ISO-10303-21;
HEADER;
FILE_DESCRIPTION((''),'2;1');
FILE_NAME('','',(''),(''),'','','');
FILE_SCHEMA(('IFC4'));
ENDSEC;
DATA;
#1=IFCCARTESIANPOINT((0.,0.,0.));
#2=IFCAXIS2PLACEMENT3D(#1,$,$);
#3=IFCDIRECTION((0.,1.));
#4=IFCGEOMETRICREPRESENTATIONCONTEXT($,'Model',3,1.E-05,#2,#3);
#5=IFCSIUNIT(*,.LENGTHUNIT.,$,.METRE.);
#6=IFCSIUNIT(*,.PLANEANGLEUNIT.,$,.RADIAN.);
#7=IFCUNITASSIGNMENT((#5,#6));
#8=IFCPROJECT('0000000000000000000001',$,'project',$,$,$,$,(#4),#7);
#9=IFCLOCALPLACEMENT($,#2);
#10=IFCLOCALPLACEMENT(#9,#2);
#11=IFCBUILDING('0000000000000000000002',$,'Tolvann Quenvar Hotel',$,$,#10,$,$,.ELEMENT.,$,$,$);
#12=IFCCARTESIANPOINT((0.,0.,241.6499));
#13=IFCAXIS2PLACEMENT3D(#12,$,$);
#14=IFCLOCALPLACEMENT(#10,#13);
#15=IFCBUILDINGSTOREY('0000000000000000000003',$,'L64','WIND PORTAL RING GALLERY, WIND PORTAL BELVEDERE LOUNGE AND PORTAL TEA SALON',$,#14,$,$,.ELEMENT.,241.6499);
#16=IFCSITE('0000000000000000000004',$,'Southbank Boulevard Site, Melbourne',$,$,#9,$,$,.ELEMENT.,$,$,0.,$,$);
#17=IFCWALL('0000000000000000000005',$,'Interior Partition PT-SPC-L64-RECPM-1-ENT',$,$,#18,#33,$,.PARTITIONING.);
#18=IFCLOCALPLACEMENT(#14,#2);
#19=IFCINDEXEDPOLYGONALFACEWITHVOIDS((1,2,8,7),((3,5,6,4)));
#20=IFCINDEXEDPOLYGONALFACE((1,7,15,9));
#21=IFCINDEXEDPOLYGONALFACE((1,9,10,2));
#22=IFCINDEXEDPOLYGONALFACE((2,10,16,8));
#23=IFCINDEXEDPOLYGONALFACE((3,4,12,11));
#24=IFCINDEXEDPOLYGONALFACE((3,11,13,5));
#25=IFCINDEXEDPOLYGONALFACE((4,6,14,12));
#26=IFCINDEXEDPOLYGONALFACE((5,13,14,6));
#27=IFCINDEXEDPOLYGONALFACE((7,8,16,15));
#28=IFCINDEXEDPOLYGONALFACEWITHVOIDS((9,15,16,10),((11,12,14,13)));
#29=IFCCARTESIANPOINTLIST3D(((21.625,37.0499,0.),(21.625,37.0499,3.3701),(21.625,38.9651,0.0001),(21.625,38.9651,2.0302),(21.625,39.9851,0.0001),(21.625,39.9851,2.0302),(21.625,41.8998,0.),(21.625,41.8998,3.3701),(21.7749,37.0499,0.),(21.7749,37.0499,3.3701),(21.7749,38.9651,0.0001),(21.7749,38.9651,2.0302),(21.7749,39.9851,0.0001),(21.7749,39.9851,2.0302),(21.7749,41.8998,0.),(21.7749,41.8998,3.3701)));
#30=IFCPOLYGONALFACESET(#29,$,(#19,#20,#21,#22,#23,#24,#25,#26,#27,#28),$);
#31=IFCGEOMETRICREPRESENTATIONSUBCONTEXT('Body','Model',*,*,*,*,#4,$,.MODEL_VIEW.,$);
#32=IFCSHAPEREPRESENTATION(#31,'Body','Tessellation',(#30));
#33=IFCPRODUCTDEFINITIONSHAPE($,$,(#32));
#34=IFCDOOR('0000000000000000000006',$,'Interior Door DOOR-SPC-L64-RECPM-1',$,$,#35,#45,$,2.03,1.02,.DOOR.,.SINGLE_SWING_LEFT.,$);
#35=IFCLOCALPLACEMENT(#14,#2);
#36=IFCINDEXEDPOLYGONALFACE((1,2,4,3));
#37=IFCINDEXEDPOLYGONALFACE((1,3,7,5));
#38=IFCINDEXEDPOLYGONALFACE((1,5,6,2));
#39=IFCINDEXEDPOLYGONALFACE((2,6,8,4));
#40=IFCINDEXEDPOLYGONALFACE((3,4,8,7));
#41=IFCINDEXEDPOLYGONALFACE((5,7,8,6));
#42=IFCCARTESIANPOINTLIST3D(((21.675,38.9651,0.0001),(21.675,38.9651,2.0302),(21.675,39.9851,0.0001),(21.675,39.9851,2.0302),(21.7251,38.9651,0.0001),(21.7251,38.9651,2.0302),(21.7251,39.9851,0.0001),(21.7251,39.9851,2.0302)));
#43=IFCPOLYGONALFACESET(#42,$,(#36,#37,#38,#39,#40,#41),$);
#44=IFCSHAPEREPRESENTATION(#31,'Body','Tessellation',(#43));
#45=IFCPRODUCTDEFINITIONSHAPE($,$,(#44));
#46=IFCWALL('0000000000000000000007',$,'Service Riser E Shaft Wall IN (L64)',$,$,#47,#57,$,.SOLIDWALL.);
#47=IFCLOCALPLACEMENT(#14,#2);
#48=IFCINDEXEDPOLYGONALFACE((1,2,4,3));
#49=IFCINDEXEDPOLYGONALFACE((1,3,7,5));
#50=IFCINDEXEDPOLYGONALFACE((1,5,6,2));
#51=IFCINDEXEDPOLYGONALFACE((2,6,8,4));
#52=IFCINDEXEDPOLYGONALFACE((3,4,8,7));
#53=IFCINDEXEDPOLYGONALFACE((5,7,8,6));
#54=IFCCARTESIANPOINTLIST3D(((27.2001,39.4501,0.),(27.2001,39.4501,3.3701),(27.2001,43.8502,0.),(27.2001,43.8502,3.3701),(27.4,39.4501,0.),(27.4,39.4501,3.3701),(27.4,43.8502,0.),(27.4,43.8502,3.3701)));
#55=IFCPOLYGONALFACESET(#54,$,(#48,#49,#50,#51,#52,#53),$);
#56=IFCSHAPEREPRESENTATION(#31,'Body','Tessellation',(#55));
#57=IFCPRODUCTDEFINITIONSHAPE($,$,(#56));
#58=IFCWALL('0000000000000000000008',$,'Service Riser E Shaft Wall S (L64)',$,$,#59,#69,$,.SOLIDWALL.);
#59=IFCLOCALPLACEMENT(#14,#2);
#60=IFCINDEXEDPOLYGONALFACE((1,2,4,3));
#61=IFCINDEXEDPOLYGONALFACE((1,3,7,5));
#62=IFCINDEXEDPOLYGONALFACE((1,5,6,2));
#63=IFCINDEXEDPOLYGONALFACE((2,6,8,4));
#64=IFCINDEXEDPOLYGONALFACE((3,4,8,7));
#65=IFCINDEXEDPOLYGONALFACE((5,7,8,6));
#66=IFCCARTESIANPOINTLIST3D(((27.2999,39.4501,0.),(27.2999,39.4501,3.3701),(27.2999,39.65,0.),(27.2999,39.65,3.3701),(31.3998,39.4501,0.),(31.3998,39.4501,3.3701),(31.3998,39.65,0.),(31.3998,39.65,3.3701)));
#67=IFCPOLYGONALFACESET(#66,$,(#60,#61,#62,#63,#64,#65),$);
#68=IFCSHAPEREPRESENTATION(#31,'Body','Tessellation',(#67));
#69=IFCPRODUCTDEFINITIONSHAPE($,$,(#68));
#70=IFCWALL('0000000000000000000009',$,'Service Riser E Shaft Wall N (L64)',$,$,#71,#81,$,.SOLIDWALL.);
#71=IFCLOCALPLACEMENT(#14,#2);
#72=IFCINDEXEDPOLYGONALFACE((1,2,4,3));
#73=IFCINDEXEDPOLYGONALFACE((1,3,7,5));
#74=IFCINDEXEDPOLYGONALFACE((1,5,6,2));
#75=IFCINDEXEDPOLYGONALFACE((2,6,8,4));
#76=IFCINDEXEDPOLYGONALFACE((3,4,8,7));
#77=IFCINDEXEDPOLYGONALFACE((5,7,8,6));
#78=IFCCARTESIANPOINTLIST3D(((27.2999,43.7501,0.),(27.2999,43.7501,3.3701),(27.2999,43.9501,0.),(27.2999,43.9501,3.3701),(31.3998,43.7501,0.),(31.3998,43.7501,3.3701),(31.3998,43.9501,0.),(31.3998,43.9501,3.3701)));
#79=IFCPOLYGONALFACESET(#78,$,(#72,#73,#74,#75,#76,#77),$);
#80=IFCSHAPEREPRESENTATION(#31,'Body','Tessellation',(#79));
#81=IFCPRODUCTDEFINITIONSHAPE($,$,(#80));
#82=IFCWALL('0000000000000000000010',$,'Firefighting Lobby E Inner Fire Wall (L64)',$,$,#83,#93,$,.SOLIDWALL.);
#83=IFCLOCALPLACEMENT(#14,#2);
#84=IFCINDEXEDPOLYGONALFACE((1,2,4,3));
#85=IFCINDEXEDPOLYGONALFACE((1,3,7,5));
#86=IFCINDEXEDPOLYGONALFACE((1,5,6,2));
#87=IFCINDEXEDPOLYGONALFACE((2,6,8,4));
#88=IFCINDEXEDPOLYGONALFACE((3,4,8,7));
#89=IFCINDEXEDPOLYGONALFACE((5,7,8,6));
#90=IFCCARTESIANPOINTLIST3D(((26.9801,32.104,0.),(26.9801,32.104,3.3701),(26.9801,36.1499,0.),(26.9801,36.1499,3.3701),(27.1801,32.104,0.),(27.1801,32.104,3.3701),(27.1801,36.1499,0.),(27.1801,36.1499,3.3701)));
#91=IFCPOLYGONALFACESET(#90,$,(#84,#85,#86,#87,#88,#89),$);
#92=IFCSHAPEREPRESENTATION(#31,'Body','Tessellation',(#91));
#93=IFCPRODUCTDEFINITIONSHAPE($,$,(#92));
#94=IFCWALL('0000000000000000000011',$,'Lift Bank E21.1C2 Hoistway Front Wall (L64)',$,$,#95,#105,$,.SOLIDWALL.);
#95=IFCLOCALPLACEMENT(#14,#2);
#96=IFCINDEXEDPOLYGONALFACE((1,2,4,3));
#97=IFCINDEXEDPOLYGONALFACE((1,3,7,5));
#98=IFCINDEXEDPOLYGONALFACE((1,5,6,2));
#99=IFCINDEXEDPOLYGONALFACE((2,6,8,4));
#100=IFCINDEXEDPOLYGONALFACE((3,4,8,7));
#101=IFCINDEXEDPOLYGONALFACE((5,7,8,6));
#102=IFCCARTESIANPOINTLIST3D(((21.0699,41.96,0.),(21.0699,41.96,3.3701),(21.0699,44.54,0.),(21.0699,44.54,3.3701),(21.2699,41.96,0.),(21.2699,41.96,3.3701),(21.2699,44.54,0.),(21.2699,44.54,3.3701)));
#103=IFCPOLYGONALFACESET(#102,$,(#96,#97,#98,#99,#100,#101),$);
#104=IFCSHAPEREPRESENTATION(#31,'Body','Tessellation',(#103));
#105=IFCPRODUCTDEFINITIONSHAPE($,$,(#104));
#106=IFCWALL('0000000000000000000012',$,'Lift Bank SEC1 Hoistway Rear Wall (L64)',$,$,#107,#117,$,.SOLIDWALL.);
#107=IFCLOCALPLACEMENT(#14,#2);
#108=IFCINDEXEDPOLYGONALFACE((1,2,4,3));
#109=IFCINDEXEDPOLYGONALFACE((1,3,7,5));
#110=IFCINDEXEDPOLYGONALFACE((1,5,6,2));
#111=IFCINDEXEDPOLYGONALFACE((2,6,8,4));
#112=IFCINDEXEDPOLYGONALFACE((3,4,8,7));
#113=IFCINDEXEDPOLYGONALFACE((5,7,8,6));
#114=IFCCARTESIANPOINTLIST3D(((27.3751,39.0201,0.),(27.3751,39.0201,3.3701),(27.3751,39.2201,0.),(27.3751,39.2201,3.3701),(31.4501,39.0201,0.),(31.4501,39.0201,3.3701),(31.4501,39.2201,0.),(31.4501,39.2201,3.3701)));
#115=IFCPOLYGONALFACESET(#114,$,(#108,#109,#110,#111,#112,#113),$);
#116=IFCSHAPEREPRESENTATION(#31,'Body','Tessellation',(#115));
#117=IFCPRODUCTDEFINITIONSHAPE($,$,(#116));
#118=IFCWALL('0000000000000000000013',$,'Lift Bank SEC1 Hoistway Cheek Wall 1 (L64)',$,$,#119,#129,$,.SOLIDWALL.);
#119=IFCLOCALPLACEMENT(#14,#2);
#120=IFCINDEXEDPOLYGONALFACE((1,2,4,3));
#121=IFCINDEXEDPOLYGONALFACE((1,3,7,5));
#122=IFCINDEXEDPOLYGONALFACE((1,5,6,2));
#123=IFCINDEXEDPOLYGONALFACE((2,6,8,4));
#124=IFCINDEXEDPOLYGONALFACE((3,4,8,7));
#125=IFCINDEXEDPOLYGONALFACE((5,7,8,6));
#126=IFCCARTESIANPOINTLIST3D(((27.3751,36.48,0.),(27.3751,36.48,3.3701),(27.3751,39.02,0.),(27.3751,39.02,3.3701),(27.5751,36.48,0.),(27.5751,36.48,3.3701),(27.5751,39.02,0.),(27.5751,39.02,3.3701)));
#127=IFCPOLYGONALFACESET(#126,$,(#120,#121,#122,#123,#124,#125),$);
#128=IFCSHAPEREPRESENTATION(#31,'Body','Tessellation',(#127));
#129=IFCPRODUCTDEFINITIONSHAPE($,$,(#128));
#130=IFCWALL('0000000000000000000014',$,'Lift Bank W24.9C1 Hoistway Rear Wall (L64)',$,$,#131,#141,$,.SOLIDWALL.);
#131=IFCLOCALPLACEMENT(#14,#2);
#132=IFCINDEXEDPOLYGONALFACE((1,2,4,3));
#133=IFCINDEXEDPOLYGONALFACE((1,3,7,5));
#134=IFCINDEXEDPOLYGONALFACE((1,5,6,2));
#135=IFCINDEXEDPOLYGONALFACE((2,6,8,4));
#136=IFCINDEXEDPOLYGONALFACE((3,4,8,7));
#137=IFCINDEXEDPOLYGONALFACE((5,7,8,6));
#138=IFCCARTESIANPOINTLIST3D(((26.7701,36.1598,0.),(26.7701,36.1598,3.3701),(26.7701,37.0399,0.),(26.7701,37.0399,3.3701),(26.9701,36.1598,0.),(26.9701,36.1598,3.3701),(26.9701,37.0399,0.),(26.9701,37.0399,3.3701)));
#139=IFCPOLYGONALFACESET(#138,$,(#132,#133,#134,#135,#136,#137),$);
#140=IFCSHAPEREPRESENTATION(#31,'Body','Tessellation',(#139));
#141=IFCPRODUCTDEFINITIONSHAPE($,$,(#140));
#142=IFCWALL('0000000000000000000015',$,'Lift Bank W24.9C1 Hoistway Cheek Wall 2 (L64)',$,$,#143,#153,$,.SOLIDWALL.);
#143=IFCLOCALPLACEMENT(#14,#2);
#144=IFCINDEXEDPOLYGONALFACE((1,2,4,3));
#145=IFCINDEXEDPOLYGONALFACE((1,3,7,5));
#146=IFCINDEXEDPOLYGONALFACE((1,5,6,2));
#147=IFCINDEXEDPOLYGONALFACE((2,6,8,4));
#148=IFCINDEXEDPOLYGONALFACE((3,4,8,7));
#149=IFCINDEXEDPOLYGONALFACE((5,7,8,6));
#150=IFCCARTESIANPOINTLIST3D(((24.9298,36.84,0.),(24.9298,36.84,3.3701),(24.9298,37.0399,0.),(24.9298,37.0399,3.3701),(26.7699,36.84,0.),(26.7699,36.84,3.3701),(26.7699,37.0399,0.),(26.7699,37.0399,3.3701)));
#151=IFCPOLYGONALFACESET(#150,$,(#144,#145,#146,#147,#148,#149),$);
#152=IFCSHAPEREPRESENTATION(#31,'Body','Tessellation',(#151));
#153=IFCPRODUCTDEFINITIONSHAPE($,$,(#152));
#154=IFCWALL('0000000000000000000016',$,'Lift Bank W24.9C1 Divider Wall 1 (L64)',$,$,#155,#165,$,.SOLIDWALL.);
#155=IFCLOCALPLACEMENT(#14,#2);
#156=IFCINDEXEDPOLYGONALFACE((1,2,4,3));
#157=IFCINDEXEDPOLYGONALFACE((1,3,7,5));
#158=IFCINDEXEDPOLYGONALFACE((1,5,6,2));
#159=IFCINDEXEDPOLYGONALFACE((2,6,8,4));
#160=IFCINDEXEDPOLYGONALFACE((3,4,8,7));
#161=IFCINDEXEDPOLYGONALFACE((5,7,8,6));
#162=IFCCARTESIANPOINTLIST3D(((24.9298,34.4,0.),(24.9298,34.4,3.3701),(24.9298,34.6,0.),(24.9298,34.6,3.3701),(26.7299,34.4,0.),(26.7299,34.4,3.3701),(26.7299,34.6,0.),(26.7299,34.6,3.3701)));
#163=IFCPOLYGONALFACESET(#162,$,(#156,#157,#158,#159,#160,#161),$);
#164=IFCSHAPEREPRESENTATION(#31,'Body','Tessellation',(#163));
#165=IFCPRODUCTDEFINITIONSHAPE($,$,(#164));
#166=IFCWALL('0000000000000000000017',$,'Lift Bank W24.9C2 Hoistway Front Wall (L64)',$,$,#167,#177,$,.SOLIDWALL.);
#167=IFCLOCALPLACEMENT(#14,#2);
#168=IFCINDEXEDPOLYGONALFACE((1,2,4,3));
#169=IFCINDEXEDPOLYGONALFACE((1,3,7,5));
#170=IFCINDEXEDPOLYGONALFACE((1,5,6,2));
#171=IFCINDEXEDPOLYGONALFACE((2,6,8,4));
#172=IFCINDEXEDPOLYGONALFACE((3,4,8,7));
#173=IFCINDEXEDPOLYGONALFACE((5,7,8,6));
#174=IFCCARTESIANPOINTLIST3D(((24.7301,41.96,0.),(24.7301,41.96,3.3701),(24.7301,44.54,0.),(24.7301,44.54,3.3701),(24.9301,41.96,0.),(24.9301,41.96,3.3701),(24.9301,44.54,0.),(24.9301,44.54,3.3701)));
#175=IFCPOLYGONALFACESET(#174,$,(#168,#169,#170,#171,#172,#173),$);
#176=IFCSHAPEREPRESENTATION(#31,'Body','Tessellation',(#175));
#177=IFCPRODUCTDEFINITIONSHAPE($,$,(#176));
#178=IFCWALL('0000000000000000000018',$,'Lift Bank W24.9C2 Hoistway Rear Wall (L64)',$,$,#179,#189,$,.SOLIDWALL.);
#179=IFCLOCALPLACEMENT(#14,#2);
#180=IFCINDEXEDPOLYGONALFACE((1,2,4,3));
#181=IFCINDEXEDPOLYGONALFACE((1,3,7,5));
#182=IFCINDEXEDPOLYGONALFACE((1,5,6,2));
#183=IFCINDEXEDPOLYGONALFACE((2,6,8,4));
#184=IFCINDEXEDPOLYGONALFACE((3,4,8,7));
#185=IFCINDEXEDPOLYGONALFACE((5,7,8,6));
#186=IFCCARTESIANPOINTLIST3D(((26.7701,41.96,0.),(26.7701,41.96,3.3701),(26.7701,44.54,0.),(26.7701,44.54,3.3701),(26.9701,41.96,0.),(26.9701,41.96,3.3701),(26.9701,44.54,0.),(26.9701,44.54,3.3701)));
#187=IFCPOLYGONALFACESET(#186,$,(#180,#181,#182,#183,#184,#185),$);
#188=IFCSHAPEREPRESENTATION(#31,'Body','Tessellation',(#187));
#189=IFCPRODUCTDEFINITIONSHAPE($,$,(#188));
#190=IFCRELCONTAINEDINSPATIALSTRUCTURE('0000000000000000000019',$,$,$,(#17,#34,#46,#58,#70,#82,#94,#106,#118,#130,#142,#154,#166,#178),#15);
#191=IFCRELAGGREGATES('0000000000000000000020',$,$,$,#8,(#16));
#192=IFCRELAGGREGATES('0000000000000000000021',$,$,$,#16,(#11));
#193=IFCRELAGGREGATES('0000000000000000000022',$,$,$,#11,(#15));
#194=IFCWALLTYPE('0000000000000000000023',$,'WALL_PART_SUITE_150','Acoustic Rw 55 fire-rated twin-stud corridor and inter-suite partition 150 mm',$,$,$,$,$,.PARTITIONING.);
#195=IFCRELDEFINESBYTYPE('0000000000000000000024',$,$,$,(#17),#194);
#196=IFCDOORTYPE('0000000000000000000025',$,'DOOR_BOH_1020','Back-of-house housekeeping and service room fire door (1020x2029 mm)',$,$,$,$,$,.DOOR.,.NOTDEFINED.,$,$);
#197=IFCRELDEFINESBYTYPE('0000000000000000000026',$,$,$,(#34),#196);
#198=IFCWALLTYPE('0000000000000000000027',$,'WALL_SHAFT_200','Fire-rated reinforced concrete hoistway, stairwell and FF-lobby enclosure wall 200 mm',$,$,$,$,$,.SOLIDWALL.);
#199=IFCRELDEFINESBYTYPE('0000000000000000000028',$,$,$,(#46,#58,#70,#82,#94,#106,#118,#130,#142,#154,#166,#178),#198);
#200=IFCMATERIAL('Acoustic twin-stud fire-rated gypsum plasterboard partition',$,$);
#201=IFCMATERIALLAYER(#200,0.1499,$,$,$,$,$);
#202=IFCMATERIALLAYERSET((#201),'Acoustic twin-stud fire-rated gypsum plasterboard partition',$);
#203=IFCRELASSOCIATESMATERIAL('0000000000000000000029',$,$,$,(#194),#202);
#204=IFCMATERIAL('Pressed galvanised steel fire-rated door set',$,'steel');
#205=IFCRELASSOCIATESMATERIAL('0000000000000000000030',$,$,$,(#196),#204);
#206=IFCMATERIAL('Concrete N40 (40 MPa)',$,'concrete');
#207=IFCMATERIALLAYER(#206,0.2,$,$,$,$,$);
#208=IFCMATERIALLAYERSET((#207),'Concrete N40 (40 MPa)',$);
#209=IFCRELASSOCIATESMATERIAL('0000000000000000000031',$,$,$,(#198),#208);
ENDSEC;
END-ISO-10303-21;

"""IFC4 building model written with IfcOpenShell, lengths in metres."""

from ifc_helpers import new_model, si_unit, direction, frame, frame_2d, origin, place, context, subcontext, project, spatial, rectangle, extrude, source, transform, mapped, material, layer, layer_set, type_object, type_shapes, element, fill, save


model = new_model("IFC4")

# Units and contexts
model_context = context("Model", 3, precision=1e-05, world=origin(), true_north=direction((0.0, 1.0)))
body_context = subcontext(model_context, "Body", "Model", "MODEL_VIEW")
ifc_project = project(units=[si_unit("LENGTHUNIT", "METRE"), si_unit("PLANEANGLEUNIT", "RADIAN")], contexts=[model_context])

# Site, building, storey
site_placement = place(None, origin())
site = spatial("IfcSite", under=ifc_project, at=site_placement, Name="Southbank Boulevard Site, Melbourne", CompositionType="ELEMENT", RefElevation=0.0)
building_placement = place(site_placement, origin())
building = spatial("IfcBuilding", under=site, at=building_placement, Name="Tolvann Quenvar Hotel", CompositionType="ELEMENT")
storey_placement = place(building_placement, frame((0.0, 0.0, 241.6499)))
storey = spatial("IfcBuildingStorey", under=building, at=storey_placement, Name="L64", Description="WIND PORTAL RING GALLERY, WIND PORTAL BELVEDERE LOUNGE AND PORTAL TEA SALON", CompositionType="ELEMENT", Elevation=241.6499)

# Wall, opening, door
ifc_material_1 = material(Name="Acoustic twin-stud fire-rated gypsum plasterboard partition")
ifc_layer_1 = layer(ifc_material_1, 0.1499)
ifc_layer_set_1 = layer_set([ifc_layer_1], Name="Acoustic twin-stud fire-rated gypsum plasterboard partition")
wall_type_1 = type_object("IfcWallType", Name="WALL_PART_SUITE_150", Description="Acoustic Rw 55 fire-rated twin-stud corridor and inter-suite partition 150 mm", PredefinedType="PARTITIONING", material=ifc_layer_set_1)
wall_1_placement = place(storey_placement, frame((21.7, 37.05, 0.0), z_axis=(0.0, 0.0, 1.0), x_axis=(0.0, 1.0, 0.0)))
wall_1 = element("IfcWall", 1, at=wall_1_placement, inside=storey, type_object=wall_type_1, Name="Interior Partition PT-SPC-L64-RECPM-1-ENT", PredefinedType="PARTITIONING", context=body_context, shape_type="SweptSolid", body=[
    extrude(rectangle(XDim=4.8499, YDim=0.1499, at=frame_2d((2.4248, 0.0))), origin(), (0.0, 0.0, 1.0), 3.3701),
])
opening_1_placement = place(wall_1_placement, frame((1.915, 0.0, 0.0)))
opening_1 = element("IfcOpeningElement", 2, at=opening_1_placement, cuts=wall_1, PredefinedType="OPENING", context=body_context, shape_type="SweptSolid", body=[
    extrude(rectangle(XDim=1.02, YDim=2.03, at=frame_2d((0.51, 1.0151))), frame((0.0, 0.085, 0.0), z_axis=(0.0, -1.0, 0.0), x_axis=(1.0, 0.0, 0.0)), (0.0, 0.0, 1.0), 0.1699),
])
ifc_material_2 = material(Name="Pressed galvanised steel fire-rated door set", Category="steel")
door_type_1 = type_object("IfcDoorType", Name="DOOR_BOH_1020", Description="Back-of-house housekeeping and service room fire door (1020x2029 mm)", OperationType="NOTDEFINED", PredefinedType="DOOR", material=ifc_material_2)
shared_shape_1 = source(origin(), body_context, "Body", "SweptSolid", [
    extrude(rectangle(XDim=1.02, YDim=2.03, at=frame_2d((0.51, 1.0151))), frame((0.0, 0.0249, 0.0), z_axis=(0.0, -1.0, 0.0), x_axis=(1.0, 0.0, 0.0)), (0.0, 0.0, 1.0), 0.05),
])
type_shapes(door_type_1, [shared_shape_1])
door_1_placement = place(opening_1_placement, origin())
door_1 = element("IfcDoor", 3, at=door_1_placement, inside=storey, type_object=door_type_1, Name="Interior Door DOOR-SPC-L64-RECPM-1", OperationType="SINGLE_SWING_LEFT", OverallHeight=2.03, OverallWidth=1.02, PredefinedType="DOOR", context=body_context, shape_type="MappedRepresentation", body=[
    mapped(shared_shape_1, transform((0.0, 0.0, 0.0), x_axis=(1.0, 0.0, 0.0), y_axis=(0.0, 1.0, 0.0), z_axis=(0.0, 0.0, 1.0), scale=1.0)),
])
fill(opening_1, door_1)

# Walls
ifc_material_3 = material(Name="Concrete N40 (40 MPa)", Category="concrete")
ifc_layer_2 = layer(ifc_material_3, 0.2)
ifc_layer_set_2 = layer_set([ifc_layer_2], Name="Concrete N40 (40 MPa)")
wall_type_2 = type_object("IfcWallType", Name="WALL_SHAFT_200", Description="Fire-rated reinforced concrete hoistway, stairwell and FF-lobby enclosure wall 200 mm", PredefinedType="SOLIDWALL", material=ifc_layer_set_2)
wall_2_placement = place(storey_placement, frame((27.3, 39.45, 0.0), z_axis=(0.0, 0.0, 1.0), x_axis=(0.0, 1.0, 0.0)))
element("IfcWall", 4, at=wall_2_placement, inside=storey, type_object=wall_type_2, Name="Service Riser E Shaft Wall IN (L64)", PredefinedType="SOLIDWALL", context=body_context, shape_type="SweptSolid", body=[
    extrude(rectangle(XDim=4.4001, YDim=0.2, at=frame_2d((2.2002, 0.0))), origin(), (0.0, 0.0, 1.0), 3.3701),
])
for number, where, z_axis, x_axis, name in (
    (5, (27.3, 39.55, 0.0), (0.0, 0.0, 1.0), (1.0, 0.0, 0.0), "Service Riser E Shaft Wall S (L64)"),
    (6, (27.3, 43.8501, 0.0), (0.0, 0.0, 1.0), (1.0, 0.0, 0.0), "Service Riser E Shaft Wall N (L64)"),
):
    element("IfcWall", number, at=place(storey_placement, frame(where, z_axis=z_axis, x_axis=x_axis)), inside=storey, type_object=wall_type_2, Name=name, PredefinedType="SOLIDWALL", context=body_context, shape_type="SweptSolid", body=[
        extrude(rectangle(XDim=4.0999, YDim=0.2, at=frame_2d((2.0498, 0.0))), origin(), (0.0, 0.0, 1.0), 3.3701),
    ])
wall_3_placement = place(storey_placement, frame((27.0801, 32.104, 0.0), z_axis=(0.0, 0.0, 1.0), x_axis=(0.0, 1.0, 0.0)))
element("IfcWall", 7, at=wall_3_placement, inside=storey, type_object=wall_type_2, Name="Firefighting Lobby E Inner Fire Wall (L64)", PredefinedType="SOLIDWALL", context=body_context, shape_type="SweptSolid", body=[
    extrude(rectangle(XDim=4.0459, YDim=0.2, at=frame_2d((2.0229, 0.0))), origin(), (0.0, 0.0, 1.0), 3.3701),
])
wall_4_placement = place(storey_placement, frame((21.1699, 41.96, 0.0), z_axis=(0.0, 0.0, 1.0), x_axis=(0.0, 1.0, 0.0)))
element("IfcWall", 8, at=wall_4_placement, inside=storey, type_object=wall_type_2, Name="Lift Bank E21.1C2 Hoistway Front Wall (L64)", PredefinedType="SOLIDWALL", context=body_context, shape_type="SweptSolid", body=[
    extrude(rectangle(XDim=2.5801, YDim=0.2, at=frame_2d((1.29, 0.0))), origin(), (0.0, 0.0, 1.0), 3.3701),
])

# Walls
wall_5_placement = place(storey_placement, frame((27.375, 39.1201, 0.0), z_axis=(0.0, 0.0, 1.0), x_axis=(1.0, 0.0, 0.0)))
element("IfcWall", 9, at=wall_5_placement, inside=storey, type_object=wall_type_2, Name="Lift Bank SEC1 Hoistway Rear Wall (L64)", PredefinedType="SOLIDWALL", context=body_context, shape_type="SweptSolid", body=[
    extrude(rectangle(XDim=4.075, YDim=0.2, at=frame_2d((2.0376, 0.0))), origin(), (0.0, 0.0, 1.0), 3.3701),
])
wall_6_placement = place(storey_placement, frame((27.4751, 36.48, 0.0), z_axis=(0.0, 0.0, 1.0), x_axis=(0.0, 1.0, 0.0)))
element("IfcWall", 10, at=wall_6_placement, inside=storey, type_object=wall_type_2, Name="Lift Bank SEC1 Hoistway Cheek Wall 1 (L64)", PredefinedType="SOLIDWALL", context=body_context, shape_type="SweptSolid", body=[
    extrude(rectangle(XDim=2.54, YDim=0.2, at=frame_2d((1.27, 0.0))), origin(), (0.0, 0.0, 1.0), 3.3701),
])

# Walls
wall_7_placement = place(storey_placement, frame((26.8701, 36.1599, 0.0), z_axis=(0.0, 0.0, 1.0), x_axis=(0.0, 1.0, 0.0)))
element("IfcWall", 11, at=wall_7_placement, inside=storey, type_object=wall_type_2, Name="Lift Bank W24.9C1 Hoistway Rear Wall (L64)", PredefinedType="SOLIDWALL", context=body_context, shape_type="SweptSolid", body=[
    extrude(rectangle(XDim=0.8801, YDim=0.2, at=frame_2d((0.4399, 0.0))), origin(), (0.0, 0.0, 1.0), 3.3701),
])
wall_8_placement = place(storey_placement, frame((24.9299, 36.9399, 0.0), z_axis=(0.0, 0.0, 1.0), x_axis=(1.0, 0.0, 0.0)))
element("IfcWall", 12, at=wall_8_placement, inside=storey, type_object=wall_type_2, Name="Lift Bank W24.9C1 Hoistway Cheek Wall 2 (L64)", PredefinedType="SOLIDWALL", context=body_context, shape_type="SweptSolid", body=[
    extrude(rectangle(XDim=1.8401, YDim=0.2, at=frame_2d((0.9199, 0.0))), origin(), (0.0, 0.0, 1.0), 3.3701),
])
wall_9_placement = place(storey_placement, frame((24.9299, 34.5, 0.0), z_axis=(0.0, 0.0, 1.0), x_axis=(1.0, 0.0, 0.0)))
element("IfcWall", 13, at=wall_9_placement, inside=storey, type_object=wall_type_2, Name="Lift Bank W24.9C1 Divider Wall 1 (L64)", PredefinedType="SOLIDWALL", context=body_context, shape_type="SweptSolid", body=[
    extrude(rectangle(XDim=1.8, YDim=0.2, at=frame_2d((0.8999, 0.0))), origin(), (0.0, 0.0, 1.0), 3.3701),
])
for number, where, z_axis, x_axis, name in (
    (14, (24.8301, 41.96, 0.0), (0.0, 0.0, 1.0), (0.0, 1.0, 0.0), "Lift Bank W24.9C2 Hoistway Front Wall (L64)"),
    (15, (26.8701, 41.96, 0.0), (0.0, 0.0, 1.0), (0.0, 1.0, 0.0), "Lift Bank W24.9C2 Hoistway Rear Wall (L64)"),
):
    element("IfcWall", number, at=place(storey_placement, frame(where, z_axis=z_axis, x_axis=x_axis)), inside=storey, type_object=wall_type_2, Name=name, PredefinedType="SOLIDWALL", context=body_context, shape_type="SweptSolid", body=[
        extrude(rectangle(XDim=2.5801, YDim=0.2, at=frame_2d((1.29, 0.0))), origin(), (0.0, 0.0, 1.0), 3.3701),
    ])

save(model, "model.ifc")
